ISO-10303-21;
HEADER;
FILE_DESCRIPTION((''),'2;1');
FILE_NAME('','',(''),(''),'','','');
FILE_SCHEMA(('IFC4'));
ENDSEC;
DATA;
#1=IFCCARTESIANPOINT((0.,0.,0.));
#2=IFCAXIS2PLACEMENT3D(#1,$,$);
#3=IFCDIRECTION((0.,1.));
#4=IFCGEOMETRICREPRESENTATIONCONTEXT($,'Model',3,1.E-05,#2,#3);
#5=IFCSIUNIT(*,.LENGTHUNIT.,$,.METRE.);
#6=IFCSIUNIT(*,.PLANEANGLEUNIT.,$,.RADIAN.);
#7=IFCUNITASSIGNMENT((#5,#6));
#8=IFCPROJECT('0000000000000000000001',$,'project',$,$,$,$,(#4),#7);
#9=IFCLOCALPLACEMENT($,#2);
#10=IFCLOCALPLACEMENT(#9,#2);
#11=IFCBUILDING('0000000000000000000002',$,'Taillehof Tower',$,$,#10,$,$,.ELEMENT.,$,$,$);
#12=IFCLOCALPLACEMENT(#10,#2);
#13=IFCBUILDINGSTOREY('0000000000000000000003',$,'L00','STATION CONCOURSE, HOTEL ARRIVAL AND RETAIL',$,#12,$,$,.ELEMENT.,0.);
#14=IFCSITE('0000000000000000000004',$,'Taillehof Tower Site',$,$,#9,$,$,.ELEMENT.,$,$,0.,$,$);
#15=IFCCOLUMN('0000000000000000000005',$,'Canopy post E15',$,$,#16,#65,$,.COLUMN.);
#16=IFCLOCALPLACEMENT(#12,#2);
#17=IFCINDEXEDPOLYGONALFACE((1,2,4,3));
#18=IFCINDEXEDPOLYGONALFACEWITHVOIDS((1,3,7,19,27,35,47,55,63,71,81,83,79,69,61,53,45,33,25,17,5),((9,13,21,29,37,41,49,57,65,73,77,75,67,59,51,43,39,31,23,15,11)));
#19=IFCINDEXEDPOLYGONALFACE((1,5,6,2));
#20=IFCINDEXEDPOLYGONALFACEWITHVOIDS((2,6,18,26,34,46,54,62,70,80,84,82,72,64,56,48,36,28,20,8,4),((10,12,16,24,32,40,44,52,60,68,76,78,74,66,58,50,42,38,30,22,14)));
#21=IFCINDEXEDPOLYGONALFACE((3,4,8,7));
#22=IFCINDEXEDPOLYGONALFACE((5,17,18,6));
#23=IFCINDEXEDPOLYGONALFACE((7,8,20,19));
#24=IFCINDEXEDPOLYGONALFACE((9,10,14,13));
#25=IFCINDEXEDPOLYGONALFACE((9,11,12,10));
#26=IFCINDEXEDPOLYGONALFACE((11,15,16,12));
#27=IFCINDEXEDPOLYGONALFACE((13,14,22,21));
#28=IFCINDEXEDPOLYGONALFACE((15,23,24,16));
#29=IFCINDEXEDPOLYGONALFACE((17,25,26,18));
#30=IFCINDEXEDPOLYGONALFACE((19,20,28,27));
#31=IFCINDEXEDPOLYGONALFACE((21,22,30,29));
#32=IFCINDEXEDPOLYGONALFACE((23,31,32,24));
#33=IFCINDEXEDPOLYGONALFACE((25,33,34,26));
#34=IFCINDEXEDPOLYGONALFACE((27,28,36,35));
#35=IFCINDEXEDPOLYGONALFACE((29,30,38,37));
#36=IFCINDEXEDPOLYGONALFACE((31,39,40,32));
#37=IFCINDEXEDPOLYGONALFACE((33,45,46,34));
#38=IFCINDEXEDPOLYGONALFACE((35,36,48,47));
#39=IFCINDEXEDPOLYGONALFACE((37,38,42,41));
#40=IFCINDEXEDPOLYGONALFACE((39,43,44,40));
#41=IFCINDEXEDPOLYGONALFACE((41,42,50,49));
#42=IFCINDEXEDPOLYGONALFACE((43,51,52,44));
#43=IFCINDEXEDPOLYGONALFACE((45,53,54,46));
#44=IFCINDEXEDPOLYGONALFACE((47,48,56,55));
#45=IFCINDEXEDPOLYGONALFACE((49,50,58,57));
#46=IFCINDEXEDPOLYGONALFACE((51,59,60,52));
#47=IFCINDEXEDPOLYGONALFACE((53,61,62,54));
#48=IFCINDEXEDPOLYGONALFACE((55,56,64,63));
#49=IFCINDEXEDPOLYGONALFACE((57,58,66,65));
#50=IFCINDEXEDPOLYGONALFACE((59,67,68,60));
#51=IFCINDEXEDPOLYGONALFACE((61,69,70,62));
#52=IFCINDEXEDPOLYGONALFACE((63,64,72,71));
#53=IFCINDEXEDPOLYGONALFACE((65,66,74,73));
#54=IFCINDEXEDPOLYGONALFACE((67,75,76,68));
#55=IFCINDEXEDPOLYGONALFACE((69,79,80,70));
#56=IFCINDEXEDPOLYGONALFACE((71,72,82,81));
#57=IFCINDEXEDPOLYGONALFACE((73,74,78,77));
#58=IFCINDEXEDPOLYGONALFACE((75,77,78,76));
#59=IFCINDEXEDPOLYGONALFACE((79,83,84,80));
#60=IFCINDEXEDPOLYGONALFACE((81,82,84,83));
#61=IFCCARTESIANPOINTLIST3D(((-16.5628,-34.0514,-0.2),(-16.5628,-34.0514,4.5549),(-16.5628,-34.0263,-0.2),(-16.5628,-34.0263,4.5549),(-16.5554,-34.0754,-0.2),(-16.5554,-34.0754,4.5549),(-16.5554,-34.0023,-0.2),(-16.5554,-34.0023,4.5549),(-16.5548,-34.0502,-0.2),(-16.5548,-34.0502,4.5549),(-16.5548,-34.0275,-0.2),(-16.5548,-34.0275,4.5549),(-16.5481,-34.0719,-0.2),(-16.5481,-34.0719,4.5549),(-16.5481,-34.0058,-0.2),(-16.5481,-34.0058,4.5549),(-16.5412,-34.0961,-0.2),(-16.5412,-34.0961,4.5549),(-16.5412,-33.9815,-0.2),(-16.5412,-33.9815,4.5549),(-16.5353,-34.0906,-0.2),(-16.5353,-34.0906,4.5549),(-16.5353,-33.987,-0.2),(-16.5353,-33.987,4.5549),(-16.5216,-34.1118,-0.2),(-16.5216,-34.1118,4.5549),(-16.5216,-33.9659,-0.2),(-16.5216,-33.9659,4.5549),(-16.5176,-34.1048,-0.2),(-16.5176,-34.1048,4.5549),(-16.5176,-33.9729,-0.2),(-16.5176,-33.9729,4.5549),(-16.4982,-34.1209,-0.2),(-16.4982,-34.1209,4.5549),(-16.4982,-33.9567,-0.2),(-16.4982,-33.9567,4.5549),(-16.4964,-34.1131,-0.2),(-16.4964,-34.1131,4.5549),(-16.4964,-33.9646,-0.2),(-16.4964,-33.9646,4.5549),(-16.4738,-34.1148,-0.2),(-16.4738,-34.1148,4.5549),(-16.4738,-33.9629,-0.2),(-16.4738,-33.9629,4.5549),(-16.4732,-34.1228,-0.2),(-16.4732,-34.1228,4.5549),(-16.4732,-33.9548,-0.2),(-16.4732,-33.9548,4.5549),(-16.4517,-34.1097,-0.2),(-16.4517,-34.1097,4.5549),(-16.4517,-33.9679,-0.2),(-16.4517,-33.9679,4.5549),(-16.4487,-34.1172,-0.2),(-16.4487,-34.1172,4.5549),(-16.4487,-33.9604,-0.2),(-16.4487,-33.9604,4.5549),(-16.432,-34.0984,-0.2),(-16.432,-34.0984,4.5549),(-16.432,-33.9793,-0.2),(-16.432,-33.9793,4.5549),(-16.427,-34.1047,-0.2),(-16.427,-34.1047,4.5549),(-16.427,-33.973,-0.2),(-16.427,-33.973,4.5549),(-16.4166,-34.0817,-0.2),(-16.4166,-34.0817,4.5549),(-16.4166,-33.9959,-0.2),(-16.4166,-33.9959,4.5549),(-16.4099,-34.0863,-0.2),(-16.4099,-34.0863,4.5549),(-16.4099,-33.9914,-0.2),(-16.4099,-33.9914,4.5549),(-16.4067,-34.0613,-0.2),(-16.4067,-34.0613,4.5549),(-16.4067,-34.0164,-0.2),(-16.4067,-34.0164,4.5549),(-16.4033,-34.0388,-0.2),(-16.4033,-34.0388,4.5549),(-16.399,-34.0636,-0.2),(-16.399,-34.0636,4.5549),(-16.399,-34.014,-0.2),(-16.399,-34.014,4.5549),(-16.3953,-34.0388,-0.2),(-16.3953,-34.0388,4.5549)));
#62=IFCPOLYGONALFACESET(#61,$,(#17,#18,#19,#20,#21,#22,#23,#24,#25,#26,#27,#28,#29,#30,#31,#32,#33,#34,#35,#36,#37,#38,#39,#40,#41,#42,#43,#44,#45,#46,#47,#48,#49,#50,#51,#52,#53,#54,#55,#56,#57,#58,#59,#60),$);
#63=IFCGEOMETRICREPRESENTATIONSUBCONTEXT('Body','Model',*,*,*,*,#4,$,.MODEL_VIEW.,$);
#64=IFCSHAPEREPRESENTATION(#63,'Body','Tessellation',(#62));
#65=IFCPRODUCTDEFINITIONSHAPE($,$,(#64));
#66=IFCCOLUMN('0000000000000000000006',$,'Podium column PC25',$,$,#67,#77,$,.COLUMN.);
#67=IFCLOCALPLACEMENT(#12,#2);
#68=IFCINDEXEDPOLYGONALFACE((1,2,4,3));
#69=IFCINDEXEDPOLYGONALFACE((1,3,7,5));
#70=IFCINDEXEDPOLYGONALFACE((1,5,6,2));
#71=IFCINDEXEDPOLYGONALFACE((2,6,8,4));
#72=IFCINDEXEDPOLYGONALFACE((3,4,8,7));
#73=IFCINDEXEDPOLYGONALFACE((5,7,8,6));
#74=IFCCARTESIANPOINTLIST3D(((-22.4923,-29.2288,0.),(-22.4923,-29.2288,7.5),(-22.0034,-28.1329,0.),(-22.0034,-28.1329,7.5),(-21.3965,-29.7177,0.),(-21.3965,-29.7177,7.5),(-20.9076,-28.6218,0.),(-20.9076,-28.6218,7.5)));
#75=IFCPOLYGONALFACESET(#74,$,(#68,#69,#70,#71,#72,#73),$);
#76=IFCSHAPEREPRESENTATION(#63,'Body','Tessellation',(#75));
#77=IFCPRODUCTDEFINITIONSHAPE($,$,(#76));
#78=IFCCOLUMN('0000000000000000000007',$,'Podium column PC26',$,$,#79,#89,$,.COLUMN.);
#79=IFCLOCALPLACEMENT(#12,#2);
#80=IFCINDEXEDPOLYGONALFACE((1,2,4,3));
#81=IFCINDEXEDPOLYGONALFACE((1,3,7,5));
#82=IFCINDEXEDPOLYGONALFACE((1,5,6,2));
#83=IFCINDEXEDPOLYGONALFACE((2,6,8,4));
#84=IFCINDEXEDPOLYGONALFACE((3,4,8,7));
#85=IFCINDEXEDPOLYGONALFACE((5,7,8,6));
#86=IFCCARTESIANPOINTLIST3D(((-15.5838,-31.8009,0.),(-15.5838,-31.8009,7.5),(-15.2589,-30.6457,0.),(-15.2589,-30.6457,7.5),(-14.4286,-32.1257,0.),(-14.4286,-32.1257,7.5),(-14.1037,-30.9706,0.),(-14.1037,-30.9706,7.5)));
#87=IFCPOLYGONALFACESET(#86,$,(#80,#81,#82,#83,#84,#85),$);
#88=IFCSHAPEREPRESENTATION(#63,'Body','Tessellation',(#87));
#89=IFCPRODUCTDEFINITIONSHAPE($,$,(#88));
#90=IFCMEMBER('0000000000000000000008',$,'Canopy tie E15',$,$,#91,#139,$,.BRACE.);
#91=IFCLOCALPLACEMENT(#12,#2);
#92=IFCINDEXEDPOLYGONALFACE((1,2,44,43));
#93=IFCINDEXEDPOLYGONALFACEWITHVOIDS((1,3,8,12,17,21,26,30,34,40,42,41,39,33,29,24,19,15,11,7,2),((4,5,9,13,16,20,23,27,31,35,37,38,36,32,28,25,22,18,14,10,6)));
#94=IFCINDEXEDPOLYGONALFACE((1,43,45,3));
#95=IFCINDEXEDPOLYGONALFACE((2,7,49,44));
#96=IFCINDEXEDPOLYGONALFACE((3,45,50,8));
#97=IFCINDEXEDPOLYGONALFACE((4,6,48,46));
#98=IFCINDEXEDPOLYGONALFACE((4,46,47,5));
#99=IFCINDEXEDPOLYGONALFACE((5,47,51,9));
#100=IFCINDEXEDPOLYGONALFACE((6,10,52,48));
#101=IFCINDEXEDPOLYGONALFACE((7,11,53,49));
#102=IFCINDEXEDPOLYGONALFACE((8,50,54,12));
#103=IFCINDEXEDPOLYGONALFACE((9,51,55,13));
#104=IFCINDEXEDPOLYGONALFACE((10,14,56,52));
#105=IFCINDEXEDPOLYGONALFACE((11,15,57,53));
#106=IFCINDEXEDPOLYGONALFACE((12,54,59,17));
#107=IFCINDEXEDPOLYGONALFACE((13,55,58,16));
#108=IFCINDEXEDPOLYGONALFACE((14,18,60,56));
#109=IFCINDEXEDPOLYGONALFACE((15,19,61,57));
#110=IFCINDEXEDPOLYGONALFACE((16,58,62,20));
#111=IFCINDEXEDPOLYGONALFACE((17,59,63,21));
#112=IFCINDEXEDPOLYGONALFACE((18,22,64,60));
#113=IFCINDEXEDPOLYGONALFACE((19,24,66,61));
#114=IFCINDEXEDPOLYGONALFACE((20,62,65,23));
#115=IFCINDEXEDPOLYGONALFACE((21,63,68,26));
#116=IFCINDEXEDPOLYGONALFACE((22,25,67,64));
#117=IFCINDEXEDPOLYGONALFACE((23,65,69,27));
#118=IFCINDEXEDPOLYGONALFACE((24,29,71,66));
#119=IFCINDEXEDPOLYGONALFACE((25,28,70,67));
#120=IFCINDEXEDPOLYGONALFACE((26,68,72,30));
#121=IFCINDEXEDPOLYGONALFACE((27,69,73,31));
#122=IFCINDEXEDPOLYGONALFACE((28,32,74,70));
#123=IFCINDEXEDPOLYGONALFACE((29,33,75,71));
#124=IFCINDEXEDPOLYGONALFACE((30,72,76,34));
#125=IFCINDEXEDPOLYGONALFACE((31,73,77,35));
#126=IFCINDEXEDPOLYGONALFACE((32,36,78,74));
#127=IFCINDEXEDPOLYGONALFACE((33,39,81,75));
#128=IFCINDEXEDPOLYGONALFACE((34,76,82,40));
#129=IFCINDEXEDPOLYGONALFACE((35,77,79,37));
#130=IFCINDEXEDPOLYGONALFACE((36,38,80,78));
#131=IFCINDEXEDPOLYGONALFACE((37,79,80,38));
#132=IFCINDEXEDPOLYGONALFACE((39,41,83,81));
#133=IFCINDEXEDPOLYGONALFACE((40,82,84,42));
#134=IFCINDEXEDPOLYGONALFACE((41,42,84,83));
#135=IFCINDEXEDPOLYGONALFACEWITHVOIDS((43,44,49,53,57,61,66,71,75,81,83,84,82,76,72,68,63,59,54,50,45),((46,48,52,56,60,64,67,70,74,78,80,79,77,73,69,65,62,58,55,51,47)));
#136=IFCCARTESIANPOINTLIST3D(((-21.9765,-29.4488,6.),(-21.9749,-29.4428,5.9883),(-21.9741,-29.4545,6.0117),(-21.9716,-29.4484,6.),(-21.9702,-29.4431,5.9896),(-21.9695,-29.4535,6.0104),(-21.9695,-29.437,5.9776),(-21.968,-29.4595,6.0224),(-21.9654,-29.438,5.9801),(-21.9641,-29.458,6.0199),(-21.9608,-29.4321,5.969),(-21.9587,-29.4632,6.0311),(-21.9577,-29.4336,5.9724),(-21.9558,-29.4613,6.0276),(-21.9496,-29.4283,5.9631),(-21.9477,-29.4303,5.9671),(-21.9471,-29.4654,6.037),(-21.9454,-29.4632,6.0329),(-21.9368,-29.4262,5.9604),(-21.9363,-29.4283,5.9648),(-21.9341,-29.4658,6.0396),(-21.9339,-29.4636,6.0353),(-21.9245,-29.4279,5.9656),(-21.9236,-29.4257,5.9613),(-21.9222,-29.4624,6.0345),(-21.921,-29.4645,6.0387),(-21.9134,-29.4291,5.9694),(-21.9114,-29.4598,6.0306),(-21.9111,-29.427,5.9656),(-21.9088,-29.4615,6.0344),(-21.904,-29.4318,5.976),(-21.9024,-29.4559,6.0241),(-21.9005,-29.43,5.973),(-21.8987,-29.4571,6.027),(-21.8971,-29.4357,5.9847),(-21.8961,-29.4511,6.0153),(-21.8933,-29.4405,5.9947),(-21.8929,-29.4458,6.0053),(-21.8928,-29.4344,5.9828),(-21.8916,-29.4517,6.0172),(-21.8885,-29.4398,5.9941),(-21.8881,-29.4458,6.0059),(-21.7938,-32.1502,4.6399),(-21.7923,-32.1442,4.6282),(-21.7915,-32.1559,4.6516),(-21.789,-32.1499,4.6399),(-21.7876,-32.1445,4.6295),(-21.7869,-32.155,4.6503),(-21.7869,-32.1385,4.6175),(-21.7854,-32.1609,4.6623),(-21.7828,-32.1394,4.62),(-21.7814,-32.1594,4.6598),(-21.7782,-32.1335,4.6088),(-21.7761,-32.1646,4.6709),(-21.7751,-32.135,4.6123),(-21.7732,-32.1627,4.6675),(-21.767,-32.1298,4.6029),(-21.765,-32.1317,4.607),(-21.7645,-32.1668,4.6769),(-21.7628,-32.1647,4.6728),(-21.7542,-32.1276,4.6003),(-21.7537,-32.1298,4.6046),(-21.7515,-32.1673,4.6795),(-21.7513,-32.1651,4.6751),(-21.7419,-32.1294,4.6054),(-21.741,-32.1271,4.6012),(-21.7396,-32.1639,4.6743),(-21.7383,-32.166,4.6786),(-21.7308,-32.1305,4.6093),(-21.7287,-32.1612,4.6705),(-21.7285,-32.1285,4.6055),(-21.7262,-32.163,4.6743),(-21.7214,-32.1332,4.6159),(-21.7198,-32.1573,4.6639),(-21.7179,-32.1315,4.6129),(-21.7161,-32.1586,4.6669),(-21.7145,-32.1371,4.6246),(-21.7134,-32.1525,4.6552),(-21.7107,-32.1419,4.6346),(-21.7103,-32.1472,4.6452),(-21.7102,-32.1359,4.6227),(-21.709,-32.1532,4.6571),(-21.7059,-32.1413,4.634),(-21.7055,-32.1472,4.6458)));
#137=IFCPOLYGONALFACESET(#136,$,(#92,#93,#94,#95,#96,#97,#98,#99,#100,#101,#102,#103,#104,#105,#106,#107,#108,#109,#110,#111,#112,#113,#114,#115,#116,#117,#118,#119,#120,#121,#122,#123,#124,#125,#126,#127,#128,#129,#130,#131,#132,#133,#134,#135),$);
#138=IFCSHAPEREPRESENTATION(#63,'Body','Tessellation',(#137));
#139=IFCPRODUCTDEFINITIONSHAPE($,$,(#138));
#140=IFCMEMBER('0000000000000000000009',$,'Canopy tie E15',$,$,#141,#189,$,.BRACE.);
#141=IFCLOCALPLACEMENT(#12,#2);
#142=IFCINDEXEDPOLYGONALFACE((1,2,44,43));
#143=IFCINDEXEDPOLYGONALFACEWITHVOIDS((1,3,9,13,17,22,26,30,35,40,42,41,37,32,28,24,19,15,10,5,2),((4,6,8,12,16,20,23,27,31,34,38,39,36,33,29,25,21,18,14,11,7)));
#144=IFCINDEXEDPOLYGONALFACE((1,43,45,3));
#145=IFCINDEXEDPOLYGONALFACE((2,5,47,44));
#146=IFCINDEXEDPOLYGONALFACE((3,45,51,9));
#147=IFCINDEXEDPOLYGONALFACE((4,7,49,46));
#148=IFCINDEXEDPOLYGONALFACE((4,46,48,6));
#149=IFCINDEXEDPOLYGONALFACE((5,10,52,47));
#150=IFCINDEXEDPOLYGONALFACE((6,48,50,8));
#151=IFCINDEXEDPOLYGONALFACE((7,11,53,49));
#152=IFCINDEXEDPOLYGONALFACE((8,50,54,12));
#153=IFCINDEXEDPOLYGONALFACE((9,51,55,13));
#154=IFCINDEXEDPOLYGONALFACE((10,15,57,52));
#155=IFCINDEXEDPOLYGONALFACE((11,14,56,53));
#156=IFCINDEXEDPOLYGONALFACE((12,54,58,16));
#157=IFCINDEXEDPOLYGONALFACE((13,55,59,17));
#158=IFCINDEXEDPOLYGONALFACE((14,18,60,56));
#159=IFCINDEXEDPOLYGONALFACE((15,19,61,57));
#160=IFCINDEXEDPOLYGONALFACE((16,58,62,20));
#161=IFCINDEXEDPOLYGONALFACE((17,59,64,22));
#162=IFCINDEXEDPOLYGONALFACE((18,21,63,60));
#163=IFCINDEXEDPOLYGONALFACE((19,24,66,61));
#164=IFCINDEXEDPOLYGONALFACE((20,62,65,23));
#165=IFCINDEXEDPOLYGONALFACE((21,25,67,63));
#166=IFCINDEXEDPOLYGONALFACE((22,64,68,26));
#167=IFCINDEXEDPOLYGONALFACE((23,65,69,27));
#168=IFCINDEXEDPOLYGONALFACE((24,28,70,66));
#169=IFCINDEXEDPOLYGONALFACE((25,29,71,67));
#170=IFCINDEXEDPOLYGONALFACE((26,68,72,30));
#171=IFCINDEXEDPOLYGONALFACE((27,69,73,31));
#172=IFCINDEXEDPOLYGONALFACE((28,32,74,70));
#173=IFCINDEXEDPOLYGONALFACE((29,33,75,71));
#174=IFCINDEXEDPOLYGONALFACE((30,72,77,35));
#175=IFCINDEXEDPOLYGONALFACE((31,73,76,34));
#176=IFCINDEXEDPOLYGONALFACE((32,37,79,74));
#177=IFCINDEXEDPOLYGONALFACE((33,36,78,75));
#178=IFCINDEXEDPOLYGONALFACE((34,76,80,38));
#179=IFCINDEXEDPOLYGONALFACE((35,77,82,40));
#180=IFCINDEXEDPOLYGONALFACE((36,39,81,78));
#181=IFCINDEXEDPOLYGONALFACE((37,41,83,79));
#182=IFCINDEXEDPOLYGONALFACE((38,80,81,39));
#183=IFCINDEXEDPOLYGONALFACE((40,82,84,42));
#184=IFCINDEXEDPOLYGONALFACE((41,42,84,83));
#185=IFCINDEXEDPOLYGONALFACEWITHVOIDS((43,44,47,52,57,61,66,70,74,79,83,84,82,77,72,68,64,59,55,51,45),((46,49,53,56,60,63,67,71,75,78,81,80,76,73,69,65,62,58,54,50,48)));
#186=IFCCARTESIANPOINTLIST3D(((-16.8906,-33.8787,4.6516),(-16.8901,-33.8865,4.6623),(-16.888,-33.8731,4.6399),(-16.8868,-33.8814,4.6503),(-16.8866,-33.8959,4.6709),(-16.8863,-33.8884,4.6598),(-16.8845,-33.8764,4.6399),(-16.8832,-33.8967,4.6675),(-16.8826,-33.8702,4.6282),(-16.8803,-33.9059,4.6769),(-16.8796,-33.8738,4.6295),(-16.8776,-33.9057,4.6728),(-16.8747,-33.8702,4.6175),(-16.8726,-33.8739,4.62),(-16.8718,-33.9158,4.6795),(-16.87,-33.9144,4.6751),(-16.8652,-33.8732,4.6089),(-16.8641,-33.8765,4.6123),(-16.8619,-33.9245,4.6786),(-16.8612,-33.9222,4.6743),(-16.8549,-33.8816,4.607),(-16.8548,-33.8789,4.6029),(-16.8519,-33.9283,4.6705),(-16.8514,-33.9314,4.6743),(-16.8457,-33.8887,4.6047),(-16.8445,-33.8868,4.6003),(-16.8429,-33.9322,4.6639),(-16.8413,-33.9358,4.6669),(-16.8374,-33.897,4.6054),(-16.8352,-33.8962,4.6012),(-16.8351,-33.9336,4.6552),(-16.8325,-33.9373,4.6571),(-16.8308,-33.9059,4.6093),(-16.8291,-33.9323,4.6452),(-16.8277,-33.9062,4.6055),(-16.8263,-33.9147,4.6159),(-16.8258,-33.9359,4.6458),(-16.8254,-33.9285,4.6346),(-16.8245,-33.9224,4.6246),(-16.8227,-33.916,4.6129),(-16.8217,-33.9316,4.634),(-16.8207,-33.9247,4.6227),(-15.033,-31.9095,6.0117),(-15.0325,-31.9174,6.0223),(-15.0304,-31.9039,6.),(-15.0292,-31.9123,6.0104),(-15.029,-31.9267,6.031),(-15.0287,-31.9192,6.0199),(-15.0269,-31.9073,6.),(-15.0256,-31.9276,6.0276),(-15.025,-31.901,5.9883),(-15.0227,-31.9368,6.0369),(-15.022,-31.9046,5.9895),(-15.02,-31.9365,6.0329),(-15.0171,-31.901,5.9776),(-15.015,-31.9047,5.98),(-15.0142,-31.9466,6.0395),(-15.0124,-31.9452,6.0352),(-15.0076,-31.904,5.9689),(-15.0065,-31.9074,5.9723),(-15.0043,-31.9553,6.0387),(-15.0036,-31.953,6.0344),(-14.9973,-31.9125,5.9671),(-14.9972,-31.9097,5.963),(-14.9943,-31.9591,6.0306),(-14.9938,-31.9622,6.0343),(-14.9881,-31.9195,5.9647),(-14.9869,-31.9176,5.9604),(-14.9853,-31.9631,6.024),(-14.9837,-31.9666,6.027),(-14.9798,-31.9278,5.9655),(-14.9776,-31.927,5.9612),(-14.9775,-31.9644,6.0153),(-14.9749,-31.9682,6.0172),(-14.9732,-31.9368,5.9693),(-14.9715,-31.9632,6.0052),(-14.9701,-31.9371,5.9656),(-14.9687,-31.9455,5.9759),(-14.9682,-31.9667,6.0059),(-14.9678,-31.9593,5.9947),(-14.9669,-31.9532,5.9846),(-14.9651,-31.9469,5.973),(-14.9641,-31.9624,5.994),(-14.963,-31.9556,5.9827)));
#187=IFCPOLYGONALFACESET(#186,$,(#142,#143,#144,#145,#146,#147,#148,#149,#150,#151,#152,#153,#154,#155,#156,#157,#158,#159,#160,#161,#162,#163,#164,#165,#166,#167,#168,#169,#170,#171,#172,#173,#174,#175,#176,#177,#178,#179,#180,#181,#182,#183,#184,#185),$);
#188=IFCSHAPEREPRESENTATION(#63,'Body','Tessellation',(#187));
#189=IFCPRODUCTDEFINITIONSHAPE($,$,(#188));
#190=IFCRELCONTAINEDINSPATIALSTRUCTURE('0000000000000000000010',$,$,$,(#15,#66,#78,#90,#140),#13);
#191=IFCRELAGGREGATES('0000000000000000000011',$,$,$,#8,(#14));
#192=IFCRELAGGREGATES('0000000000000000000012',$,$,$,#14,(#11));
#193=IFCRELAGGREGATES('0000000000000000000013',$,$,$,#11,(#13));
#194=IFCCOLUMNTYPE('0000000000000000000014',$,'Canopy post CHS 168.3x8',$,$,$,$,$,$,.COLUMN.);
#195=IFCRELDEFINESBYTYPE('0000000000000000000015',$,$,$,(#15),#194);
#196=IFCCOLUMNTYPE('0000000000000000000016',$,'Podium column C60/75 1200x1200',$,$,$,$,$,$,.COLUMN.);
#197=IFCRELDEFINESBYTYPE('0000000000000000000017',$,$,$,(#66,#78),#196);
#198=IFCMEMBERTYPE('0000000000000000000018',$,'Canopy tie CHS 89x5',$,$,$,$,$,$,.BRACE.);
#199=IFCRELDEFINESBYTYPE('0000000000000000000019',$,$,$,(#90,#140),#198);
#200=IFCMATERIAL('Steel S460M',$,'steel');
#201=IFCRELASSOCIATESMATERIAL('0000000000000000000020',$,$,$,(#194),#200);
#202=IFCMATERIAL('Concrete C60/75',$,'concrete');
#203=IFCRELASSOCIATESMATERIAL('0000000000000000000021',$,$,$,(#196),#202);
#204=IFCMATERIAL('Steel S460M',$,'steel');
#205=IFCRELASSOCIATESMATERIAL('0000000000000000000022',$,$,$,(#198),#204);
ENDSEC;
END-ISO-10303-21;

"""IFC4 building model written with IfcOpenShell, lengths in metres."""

from ifc_helpers import new_model, si_unit, direction, frame, origin, origin_2d, place, context, subcontext, project, spatial, rectangle, hollow_circle, extrude, material, material_profile, profile_set, type_object, element, save


model = new_model("IFC4")

# Units and contexts
model_context = context("Model", 3, precision=1e-05, world=origin(), true_north=direction((0.0, 1.0)))
body_context = subcontext(model_context, "Body", "Model", "MODEL_VIEW")
ifc_project = project(units=[si_unit("LENGTHUNIT", "METRE"), si_unit("PLANEANGLEUNIT", "RADIAN")], contexts=[model_context])

# Site, building, storey
site_placement = place(None, origin())
site = spatial("IfcSite", under=ifc_project, at=site_placement, Name="Taillehof Tower Site", CompositionType="ELEMENT", RefElevation=0.0)
building_placement = place(site_placement, origin())
building = spatial("IfcBuilding", under=site, at=building_placement, Name="Taillehof Tower", CompositionType="ELEMENT")
storey_placement = place(building_placement, origin())
storey = spatial("IfcBuildingStorey", under=building, at=storey_placement, Name="L00", Description="STATION CONCOURSE, HOTEL ARRIVAL AND RETAIL", CompositionType="ELEMENT", Elevation=0.0)

# Columns
ifc_material_1 = material(Name="Steel S460M", Category="steel")
ifc_material_profile_1 = material_profile(ifc_material_1, hollow_circle(Radius=0.0842, WallThickness=0.0081, at=origin_2d()), Name="CHS 168.3x8")
ifc_profile_set_1 = profile_set([ifc_material_profile_1], Name="Steel S460M")
column_type_1 = type_object("IfcColumnType", Name="Canopy post CHS 168.3x8", PredefinedType="COLUMN", material=ifc_profile_set_1)
column_placement = place(storey_placement, frame((-16.4795, -34.0388, -0.2), z_axis=(0.0, 0.0, 1.0), x_axis=(1.0, 0.0, 0.0)))
element("IfcColumn", 1, at=column_placement, inside=storey, type_object=column_type_1, Name="Canopy post E15", PredefinedType="COLUMN", context=body_context, shape_type="SweptSolid", body=[
    extrude(hollow_circle(Radius=0.0842, WallThickness=0.0081, at=origin_2d()), origin(), (0.0, 0.0, 1.0), 4.7549),
])
ifc_material_2 = material(Name="Concrete C60/75", Category="concrete")
ifc_material_profile_2 = material_profile(ifc_material_2, rectangle(XDim=1.2, YDim=1.2, at=origin_2d()), Name="RC 1200x1200")
ifc_profile_set_2 = profile_set([ifc_material_profile_2], Name="Concrete C60/75")
column_type_2 = type_object("IfcColumnType", Name="Podium column C60/75 1200x1200", PredefinedType="COLUMN", material=ifc_profile_set_2)
for number, where, z_axis, x_axis, name in (
    (2, (-21.7, -28.9253, 0.0), (0.0, 0.0, 1.0), (-0.407427, -0.913238, 0.0), "Podium column PC25"),
    (3, (-14.8438, -31.3857, 0.0), (0.0, 0.0, 1.0), (-0.270745, -0.962651, 0.0), "Podium column PC26"),
):
    element("IfcColumn", number, at=place(storey_placement, frame(where, z_axis=z_axis, x_axis=x_axis)), inside=storey, type_object=column_type_2, Name=name, PredefinedType="COLUMN", context=body_context, shape_type="SweptSolid", body=[
        extrude(rectangle(XDim=1.2, YDim=1.2, at=origin_2d()), origin(), (0.0, 0.0, 1.0), 7.5),
    ])

# Members
ifc_material_3 = material(Name="Steel S460M", Category="steel")
ifc_material_profile_3 = material_profile(ifc_material_3, hollow_circle(Radius=0.0444, WallThickness=0.0049, at=origin_2d()), Name="CHS 89x5")
ifc_profile_set_3 = profile_set([ifc_material_profile_3], Name="Steel S460M")
member_type_1 = type_object("IfcMemberType", Name="Canopy tie CHS 89x5", PredefinedType="BRACE", material=ifc_profile_set_3)
member_1_placement = place(storey_placement, frame((-21.7495, -32.1472, 4.6399), z_axis=(-0.06027, 0.891557, 0.448881), x_axis=(-0.997723, -0.067447, 0.0)))
element("IfcMember", 4, at=member_1_placement, inside=storey, type_object=member_type_1, Name="Canopy tie E15", PredefinedType="BRACE", context=body_context, shape_type="SweptSolid", body=[
    extrude(hollow_circle(Radius=0.0444, WallThickness=0.0049, at=origin_2d()), origin(), (0.0, 0.0, 1.0), 3.03),
])
member_2_placement = place(storey_placement, frame((-16.8557, -33.9036, 4.6399), z_axis=(0.613164, 0.649991, 0.448934), x_axis=(-0.727413, 0.6862, 0.0)))
element("IfcMember", 5, at=member_2_placement, inside=storey, type_object=member_type_1, Name="Canopy tie E15", PredefinedType="BRACE", context=body_context, shape_type="SweptSolid", body=[
    extrude(hollow_circle(Radius=0.0444, WallThickness=0.0049, at=origin_2d()), origin(), (0.0, 0.0, 1.0), 3.0295),
])

save(model, "model.ifc")
